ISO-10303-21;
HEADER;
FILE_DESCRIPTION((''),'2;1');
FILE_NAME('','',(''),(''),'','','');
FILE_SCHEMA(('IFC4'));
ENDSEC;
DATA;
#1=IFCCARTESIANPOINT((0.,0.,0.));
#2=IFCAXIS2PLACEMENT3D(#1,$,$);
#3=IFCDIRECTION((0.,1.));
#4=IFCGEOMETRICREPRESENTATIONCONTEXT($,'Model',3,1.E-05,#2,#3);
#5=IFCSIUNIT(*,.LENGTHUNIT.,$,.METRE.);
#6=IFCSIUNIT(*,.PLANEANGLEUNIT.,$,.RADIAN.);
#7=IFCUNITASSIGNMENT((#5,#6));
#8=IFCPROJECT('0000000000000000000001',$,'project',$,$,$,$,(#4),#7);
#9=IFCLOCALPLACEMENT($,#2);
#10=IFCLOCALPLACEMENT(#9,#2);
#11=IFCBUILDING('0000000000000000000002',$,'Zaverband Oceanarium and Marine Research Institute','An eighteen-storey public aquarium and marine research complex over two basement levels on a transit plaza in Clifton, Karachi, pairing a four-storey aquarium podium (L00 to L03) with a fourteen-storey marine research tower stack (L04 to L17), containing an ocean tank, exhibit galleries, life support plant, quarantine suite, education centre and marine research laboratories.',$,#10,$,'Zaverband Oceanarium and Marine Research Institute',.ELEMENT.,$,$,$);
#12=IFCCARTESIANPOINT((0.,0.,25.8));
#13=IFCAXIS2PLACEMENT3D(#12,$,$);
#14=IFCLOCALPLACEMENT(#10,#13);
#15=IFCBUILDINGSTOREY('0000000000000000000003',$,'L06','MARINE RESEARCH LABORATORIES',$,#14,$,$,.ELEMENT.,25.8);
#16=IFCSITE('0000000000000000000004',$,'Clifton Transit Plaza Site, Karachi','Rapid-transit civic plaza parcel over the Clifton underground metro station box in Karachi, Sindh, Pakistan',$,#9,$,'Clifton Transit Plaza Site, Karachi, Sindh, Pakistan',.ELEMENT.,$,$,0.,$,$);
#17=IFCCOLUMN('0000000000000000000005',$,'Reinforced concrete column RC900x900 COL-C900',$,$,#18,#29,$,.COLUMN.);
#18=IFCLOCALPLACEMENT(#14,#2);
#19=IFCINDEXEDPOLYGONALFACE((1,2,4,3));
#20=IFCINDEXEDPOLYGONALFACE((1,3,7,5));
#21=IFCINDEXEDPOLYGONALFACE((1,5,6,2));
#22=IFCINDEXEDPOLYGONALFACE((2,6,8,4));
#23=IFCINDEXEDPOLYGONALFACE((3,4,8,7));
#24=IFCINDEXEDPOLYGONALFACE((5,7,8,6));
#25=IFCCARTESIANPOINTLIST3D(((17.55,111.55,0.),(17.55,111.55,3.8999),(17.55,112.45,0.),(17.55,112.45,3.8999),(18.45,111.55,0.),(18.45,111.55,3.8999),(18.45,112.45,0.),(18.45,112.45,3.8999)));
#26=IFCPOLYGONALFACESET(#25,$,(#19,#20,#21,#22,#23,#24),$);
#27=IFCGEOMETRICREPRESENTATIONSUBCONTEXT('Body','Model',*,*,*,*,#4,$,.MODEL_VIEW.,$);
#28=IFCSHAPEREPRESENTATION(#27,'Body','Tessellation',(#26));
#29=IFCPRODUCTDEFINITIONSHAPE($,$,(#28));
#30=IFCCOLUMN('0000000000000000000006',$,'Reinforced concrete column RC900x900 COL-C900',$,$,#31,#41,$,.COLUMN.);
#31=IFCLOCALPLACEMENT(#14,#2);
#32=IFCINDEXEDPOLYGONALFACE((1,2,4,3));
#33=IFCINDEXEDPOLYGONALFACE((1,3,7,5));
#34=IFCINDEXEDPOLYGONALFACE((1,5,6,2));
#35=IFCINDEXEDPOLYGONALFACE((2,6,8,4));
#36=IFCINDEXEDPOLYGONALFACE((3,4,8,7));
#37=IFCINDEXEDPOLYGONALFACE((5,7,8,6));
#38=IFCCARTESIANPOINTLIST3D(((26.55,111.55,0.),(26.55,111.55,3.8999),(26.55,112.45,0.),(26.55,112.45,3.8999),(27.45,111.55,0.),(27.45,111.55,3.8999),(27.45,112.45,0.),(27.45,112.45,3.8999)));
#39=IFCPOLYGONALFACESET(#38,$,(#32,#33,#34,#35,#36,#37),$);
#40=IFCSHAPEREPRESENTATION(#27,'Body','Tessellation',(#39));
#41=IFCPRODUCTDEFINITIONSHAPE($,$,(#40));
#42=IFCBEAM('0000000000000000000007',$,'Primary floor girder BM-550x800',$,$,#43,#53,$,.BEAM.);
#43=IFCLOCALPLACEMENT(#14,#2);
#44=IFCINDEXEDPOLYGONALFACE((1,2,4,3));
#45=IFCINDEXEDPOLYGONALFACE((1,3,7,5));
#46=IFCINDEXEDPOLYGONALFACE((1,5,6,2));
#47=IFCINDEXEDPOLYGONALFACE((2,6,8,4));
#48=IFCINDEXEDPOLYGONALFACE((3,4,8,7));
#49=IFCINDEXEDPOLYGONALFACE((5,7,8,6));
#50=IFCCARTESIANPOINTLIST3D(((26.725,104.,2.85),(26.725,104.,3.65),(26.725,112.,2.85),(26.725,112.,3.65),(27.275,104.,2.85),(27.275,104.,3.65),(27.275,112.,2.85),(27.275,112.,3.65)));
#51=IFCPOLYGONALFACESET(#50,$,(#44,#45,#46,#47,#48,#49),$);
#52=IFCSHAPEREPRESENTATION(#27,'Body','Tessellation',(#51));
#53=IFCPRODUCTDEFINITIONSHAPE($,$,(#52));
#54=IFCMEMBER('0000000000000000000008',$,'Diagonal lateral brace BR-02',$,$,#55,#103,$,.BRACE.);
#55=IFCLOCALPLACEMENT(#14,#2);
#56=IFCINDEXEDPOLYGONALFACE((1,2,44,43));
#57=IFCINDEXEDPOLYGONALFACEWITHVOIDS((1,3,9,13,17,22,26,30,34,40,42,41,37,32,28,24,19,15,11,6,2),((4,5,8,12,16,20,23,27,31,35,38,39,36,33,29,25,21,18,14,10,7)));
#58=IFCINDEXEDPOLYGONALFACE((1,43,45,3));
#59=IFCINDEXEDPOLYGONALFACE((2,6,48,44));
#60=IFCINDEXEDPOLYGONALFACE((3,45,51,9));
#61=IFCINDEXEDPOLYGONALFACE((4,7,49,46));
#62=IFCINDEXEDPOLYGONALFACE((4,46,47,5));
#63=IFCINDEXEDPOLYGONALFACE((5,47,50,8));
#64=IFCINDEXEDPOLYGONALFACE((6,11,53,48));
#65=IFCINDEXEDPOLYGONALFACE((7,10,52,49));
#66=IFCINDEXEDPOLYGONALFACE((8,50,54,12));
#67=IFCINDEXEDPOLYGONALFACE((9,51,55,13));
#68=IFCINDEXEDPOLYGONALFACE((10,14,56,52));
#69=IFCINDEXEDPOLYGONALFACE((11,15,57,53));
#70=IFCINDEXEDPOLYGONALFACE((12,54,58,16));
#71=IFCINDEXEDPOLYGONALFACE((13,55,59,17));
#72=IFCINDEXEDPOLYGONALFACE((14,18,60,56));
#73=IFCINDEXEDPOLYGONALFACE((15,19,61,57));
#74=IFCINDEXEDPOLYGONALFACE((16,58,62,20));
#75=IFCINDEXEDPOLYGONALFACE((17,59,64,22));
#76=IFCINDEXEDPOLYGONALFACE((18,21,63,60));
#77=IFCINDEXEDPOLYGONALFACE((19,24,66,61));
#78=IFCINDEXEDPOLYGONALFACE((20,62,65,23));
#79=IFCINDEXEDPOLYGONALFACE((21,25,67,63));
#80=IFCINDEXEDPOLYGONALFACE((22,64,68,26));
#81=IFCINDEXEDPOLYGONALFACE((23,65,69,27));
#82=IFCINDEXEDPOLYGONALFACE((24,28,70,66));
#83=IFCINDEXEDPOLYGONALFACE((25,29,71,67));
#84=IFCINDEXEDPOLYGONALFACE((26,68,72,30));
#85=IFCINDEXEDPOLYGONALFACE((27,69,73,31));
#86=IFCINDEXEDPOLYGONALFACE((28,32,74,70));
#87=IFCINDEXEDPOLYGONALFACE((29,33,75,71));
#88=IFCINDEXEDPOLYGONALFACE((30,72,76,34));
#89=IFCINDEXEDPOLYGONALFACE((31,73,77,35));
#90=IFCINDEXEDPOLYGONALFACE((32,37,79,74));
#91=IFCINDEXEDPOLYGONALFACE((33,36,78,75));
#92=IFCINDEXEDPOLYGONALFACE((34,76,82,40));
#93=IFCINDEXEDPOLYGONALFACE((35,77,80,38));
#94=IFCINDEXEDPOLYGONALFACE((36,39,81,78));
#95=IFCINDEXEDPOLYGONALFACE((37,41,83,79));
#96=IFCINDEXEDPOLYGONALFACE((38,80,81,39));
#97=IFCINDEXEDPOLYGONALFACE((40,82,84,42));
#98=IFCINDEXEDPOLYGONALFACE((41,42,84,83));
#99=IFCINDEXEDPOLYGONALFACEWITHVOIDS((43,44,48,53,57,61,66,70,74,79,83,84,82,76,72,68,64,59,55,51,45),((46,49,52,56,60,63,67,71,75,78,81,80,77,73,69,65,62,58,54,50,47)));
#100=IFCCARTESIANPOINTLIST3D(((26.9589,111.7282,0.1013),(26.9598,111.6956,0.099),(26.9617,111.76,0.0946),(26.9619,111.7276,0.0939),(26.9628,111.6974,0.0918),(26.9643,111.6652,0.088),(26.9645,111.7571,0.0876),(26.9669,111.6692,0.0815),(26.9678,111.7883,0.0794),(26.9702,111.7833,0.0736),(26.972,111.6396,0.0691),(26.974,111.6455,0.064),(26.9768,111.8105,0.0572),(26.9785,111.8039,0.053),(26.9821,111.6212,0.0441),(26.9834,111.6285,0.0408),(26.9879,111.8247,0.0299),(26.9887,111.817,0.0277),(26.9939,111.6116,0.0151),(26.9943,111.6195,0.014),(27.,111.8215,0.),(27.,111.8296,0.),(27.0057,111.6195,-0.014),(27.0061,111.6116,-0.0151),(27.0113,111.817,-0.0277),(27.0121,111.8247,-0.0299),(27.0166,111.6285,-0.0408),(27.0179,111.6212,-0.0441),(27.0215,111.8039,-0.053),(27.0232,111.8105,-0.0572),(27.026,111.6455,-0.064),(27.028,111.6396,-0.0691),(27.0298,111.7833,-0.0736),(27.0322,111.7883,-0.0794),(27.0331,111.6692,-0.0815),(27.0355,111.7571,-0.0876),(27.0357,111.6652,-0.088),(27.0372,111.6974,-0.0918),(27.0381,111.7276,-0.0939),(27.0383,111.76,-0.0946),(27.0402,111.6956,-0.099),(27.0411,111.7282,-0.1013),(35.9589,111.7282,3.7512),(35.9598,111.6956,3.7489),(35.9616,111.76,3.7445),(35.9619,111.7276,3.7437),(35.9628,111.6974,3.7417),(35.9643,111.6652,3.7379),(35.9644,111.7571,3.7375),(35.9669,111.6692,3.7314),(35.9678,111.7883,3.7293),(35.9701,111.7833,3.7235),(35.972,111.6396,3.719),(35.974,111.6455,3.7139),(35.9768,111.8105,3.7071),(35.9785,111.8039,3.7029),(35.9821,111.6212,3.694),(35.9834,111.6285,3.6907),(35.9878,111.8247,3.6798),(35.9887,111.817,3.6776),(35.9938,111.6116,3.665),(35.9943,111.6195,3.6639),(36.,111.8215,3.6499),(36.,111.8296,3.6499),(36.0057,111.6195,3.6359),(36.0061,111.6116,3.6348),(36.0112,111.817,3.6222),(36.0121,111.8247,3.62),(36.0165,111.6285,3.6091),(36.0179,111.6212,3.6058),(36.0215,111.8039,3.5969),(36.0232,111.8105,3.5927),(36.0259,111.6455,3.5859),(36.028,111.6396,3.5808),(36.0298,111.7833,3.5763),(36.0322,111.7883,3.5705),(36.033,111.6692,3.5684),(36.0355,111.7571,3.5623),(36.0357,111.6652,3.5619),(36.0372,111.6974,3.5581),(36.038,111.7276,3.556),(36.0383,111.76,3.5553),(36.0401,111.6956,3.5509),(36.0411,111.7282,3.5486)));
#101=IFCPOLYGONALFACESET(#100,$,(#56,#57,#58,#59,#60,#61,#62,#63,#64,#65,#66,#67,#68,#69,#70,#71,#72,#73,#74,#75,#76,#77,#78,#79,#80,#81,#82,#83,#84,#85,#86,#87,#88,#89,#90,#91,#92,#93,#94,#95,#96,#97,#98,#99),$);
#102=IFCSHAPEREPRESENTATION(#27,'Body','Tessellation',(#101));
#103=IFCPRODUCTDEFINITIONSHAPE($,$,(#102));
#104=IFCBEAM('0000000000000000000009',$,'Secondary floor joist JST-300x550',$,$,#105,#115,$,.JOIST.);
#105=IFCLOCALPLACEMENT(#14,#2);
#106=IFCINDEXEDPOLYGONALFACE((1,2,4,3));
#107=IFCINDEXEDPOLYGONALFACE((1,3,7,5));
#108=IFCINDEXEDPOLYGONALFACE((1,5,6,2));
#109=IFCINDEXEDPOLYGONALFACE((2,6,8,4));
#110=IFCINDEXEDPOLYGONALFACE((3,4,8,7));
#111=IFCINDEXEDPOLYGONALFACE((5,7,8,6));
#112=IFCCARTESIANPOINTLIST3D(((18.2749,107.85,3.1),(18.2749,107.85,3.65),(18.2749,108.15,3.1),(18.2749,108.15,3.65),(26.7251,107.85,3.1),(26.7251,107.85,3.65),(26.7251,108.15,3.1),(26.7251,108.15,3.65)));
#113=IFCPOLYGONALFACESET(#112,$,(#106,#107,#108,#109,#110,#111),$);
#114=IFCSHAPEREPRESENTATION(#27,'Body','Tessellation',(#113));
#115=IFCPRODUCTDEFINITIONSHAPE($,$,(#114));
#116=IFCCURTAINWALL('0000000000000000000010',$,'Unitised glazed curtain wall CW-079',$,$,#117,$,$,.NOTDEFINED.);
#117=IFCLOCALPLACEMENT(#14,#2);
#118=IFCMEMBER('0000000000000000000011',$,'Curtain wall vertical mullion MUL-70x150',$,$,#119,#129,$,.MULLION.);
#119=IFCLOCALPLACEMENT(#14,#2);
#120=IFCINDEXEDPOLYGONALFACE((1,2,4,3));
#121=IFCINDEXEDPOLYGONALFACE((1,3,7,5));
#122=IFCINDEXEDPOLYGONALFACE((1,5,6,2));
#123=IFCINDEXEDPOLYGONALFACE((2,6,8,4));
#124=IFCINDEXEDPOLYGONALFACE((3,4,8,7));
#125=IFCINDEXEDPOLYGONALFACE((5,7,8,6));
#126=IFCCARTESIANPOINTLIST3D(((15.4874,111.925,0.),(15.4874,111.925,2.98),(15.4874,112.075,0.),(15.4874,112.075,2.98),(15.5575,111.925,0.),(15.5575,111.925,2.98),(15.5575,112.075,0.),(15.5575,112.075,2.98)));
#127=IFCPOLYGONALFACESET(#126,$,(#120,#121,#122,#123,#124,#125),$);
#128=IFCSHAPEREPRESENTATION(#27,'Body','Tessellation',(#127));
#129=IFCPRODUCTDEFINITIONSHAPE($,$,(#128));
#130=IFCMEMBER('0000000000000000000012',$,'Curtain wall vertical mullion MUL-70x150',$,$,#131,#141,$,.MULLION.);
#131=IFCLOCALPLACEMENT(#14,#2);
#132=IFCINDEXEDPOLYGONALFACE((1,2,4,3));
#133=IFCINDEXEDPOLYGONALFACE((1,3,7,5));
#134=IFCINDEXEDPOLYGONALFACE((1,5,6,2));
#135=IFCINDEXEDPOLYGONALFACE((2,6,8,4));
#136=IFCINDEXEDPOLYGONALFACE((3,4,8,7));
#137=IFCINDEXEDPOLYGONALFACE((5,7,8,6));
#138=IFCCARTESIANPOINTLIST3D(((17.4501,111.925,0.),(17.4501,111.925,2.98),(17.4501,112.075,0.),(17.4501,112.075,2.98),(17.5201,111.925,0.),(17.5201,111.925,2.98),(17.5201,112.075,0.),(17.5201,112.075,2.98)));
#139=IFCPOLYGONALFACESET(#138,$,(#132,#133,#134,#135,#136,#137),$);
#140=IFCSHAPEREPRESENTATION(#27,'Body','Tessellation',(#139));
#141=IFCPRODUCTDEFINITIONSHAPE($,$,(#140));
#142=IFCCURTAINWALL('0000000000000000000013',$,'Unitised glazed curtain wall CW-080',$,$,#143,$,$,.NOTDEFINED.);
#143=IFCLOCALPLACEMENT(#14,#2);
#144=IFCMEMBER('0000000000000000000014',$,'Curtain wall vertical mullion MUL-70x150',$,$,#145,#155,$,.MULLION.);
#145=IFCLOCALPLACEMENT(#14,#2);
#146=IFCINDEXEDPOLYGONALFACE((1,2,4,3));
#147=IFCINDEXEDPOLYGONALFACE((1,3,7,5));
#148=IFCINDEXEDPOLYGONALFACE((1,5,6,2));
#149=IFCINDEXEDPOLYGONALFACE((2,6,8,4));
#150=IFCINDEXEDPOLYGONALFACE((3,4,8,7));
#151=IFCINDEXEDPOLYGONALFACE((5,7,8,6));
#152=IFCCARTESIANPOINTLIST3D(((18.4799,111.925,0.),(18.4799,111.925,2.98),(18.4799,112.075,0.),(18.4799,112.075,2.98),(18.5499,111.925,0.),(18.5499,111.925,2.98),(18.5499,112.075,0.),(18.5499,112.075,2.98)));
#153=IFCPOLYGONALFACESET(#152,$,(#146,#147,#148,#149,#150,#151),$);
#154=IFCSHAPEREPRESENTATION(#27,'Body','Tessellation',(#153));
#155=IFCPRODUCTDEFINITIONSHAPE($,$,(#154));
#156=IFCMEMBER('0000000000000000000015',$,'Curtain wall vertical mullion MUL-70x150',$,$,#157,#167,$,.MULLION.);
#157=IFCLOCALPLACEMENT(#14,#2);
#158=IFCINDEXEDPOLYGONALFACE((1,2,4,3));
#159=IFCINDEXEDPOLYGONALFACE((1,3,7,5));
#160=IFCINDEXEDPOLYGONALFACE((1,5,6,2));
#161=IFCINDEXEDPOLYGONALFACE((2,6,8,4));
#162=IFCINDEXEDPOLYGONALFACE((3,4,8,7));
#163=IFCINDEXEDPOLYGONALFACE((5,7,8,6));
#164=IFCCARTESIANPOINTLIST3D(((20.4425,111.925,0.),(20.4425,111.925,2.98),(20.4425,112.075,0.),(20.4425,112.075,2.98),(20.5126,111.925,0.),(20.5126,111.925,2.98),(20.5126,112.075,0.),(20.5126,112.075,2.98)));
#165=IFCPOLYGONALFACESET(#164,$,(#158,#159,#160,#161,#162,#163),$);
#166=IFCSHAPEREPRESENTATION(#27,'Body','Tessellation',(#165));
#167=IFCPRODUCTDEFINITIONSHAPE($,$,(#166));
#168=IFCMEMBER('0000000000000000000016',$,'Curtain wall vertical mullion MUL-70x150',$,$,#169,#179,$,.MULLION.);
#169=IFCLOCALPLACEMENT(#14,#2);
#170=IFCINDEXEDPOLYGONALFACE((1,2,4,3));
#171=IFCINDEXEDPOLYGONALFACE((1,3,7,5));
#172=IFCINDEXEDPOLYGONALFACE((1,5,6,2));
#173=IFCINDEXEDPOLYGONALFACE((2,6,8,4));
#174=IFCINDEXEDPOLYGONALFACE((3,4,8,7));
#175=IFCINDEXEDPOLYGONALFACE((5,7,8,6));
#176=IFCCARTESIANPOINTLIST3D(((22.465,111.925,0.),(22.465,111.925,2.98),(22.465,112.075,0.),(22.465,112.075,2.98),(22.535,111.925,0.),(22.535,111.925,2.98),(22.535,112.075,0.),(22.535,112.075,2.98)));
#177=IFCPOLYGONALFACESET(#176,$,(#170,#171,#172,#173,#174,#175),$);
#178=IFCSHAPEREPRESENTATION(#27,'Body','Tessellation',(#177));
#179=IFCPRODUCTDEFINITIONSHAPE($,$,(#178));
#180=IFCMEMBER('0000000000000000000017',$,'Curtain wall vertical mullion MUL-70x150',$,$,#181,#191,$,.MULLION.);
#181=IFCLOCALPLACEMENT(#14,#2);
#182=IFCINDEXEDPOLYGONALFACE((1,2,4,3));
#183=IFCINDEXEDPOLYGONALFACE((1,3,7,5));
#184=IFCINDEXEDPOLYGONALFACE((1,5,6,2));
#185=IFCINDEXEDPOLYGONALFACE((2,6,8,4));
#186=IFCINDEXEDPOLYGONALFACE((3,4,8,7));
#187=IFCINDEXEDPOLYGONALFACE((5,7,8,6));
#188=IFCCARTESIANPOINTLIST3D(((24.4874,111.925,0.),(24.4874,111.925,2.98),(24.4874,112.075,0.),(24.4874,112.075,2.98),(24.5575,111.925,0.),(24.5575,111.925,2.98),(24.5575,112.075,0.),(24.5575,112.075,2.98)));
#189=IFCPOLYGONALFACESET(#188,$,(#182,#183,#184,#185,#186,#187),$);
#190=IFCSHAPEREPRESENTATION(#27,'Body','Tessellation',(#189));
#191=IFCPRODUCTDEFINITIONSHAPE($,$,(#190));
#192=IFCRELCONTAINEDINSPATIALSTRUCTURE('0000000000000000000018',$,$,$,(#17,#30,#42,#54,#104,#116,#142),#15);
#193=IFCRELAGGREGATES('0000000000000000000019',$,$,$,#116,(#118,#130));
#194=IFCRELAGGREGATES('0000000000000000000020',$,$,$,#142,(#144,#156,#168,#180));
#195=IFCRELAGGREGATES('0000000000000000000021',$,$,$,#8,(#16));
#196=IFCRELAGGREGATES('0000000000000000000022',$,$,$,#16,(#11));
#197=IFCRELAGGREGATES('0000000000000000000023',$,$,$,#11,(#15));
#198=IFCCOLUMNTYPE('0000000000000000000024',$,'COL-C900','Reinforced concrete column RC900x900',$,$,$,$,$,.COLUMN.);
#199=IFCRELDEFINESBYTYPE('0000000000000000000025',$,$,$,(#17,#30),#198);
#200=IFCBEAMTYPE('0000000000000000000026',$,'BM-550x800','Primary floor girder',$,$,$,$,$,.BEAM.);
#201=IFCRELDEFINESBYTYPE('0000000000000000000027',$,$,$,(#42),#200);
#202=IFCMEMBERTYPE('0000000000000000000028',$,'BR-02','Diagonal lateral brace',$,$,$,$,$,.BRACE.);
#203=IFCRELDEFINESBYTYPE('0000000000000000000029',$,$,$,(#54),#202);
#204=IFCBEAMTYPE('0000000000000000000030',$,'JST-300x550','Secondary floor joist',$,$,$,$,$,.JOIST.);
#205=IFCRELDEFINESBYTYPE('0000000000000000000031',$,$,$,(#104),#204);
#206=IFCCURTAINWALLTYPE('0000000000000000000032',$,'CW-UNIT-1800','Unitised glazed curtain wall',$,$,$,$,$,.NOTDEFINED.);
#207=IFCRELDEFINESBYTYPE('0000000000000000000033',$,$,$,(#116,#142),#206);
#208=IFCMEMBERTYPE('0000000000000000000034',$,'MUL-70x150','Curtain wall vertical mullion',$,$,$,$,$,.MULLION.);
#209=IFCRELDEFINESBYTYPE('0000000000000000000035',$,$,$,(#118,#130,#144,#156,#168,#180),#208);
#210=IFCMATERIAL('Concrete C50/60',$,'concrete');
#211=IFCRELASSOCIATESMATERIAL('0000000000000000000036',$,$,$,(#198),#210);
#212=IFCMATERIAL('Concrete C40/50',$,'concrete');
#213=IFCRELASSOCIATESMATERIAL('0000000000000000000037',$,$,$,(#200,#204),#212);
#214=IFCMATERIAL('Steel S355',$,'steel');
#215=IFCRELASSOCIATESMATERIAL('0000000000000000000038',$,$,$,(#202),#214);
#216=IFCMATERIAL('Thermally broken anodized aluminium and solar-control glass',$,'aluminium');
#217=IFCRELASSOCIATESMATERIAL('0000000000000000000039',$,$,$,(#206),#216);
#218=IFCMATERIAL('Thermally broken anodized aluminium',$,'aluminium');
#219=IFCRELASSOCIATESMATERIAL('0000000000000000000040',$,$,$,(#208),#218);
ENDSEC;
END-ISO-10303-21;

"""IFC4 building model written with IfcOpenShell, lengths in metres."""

from ifc_helpers import new_model, si_unit, direction, frame, origin, origin_2d, place, context, subcontext, project, spatial, rectangle, hollow_circle, extrude, material, material_profile, profile_set, type_object, element, aggregate, save


model = new_model("IFC4")

# Units and contexts
model_context = context("Model", 3, precision=1e-05, world=origin(), true_north=direction((0.0, 1.0)))
body_context = subcontext(model_context, "Body", "Model", "MODEL_VIEW")
ifc_project = project(units=[si_unit("LENGTHUNIT", "METRE"), si_unit("PLANEANGLEUNIT", "RADIAN")], contexts=[model_context])

# Site, building, storey
site_placement = place(None, origin())
site = spatial("IfcSite", under=ifc_project, at=site_placement, Name="Clifton Transit Plaza Site, Karachi", Description="Rapid-transit civic plaza parcel over the Clifton underground metro station box in Karachi, Sindh, Pakistan", LongName="Clifton Transit Plaza Site, Karachi, Sindh, Pakistan", CompositionType="ELEMENT", RefElevation=0.0)
building_placement = place(site_placement, origin())
building = spatial("IfcBuilding", under=site, at=building_placement, Name="Zaverband Oceanarium and Marine Research Institute", Description="An eighteen-storey public aquarium and marine research complex over two basement levels on a transit plaza in Clifton, Karachi, pairing a four-storey aquarium podium (L00 to L03) with a fourteen-storey marine research tower stack (L04 to L17), containing an ocean tank, exhibit galleries, life support plant, quarantine suite, education centre and marine research laboratories.", LongName="Zaverband Oceanarium and Marine Research Institute", CompositionType="ELEMENT")
storey_placement = place(building_placement, frame((0.0, 0.0, 25.8)))
storey = spatial("IfcBuildingStorey", under=building, at=storey_placement, Name="L06", Description="MARINE RESEARCH LABORATORIES", CompositionType="ELEMENT", Elevation=25.8)

# Columns
ifc_material_1 = material(Name="Concrete C50/60", Category="concrete")
ifc_material_profile_1 = material_profile(ifc_material_1, rectangle(XDim=0.8999, YDim=0.8999, at=origin_2d()), Name="RC900x900")
ifc_profile_set_1 = profile_set([ifc_material_profile_1], Name="Concrete C50/60")
column_type = type_object("IfcColumnType", Name="COL-C900", Description="Reinforced concrete column RC900x900", PredefinedType="COLUMN", material=ifc_profile_set_1)
for number, where, z_axis, x_axis, name in (
    (1, (18.0, 112.0, 0.0), (0.0, 0.0, 1.0), (1.0, 0.0, 0.0), "Reinforced concrete column RC900x900 COL-C900"),
    (2, (27.0, 112.0, 0.0), (0.0, 0.0, 1.0), (1.0, 0.0, 0.0), "Reinforced concrete column RC900x900 COL-C900"),
):
    element("IfcColumn", number, at=place(storey_placement, frame(where, z_axis=z_axis, x_axis=x_axis)), inside=storey, type_object=column_type, Name=name, PredefinedType="COLUMN", context=body_context, shape_type="SweptSolid", body=[
        extrude(rectangle(XDim=0.8999, YDim=0.8999, at=origin_2d()), origin(), (0.0, 0.0, 1.0), 3.8999),
    ])

# Beam
ifc_material_2 = material(Name="Concrete C40/50", Category="concrete")
ifc_material_profile_2 = material_profile(ifc_material_2, rectangle(XDim=0.55, YDim=0.8, at=origin_2d()), Name="RC550x800")
ifc_profile_set_2 = profile_set([ifc_material_profile_2], Name="Concrete C40/50")
beam_type_1 = type_object("IfcBeamType", Name="BM-550x800", Description="Primary floor girder", PredefinedType="BEAM", material=ifc_profile_set_2)
beam_1_placement = place(storey_placement, frame((27.0, 104.0, 3.25), z_axis=(0.0, 1.0, 0.0), x_axis=(-1.0, 0.0, 0.0)))
element("IfcBeam", 3, at=beam_1_placement, inside=storey, type_object=beam_type_1, Name="Primary floor girder BM-550x800", PredefinedType="BEAM", context=body_context, shape_type="SweptSolid", body=[
    extrude(rectangle(XDim=0.55, YDim=0.8, at=origin_2d()), origin(), (0.0, 0.0, 1.0), 8.0),
])

# Member
ifc_material_3 = material(Name="Steel S355", Category="steel")
ifc_material_profile_3 = material_profile(ifc_material_3, hollow_circle(Radius=0.1096, WallThickness=0.0081, at=origin_2d()), Name="CHS219x8")
ifc_profile_set_3 = profile_set([ifc_material_profile_3], Name="Steel S355")
member_type_1 = type_object("IfcMemberType", Name="BR-02", Description="Diagonal lateral brace", PredefinedType="BRACE", material=ifc_profile_set_3)
member_1_placement = place(storey_placement, frame((27.0, 111.72, 0.0), z_axis=(0.926694, 0.0, 0.375816), x_axis=(0.0, 1.0, 0.0)))
element("IfcMember", 4, at=member_1_placement, inside=storey, type_object=member_type_1, Name="Diagonal lateral brace BR-02", PredefinedType="BRACE", context=body_context, shape_type="SweptSolid", body=[
    extrude(hollow_circle(Radius=0.1096, WallThickness=0.0081, at=origin_2d()), origin(), (0.0, 0.0, 1.0), 9.7119),
])

# Beam
ifc_material_profile_4 = material_profile(ifc_material_2, rectangle(XDim=0.3, YDim=0.55, at=origin_2d()), Name="RC300x550")
ifc_profile_set_4 = profile_set([ifc_material_profile_4], Name="Concrete C40/50")
beam_type_2 = type_object("IfcBeamType", Name="JST-300x550", Description="Secondary floor joist", PredefinedType="JOIST", material=ifc_profile_set_4)
beam_2_placement = place(storey_placement, frame((18.2749, 108.0, 3.375), z_axis=(1.0, 0.0, 0.0), x_axis=(0.0, 1.0, 0.0)))
element("IfcBeam", 5, at=beam_2_placement, inside=storey, type_object=beam_type_2, Name="Secondary floor joist JST-300x550", PredefinedType="JOIST", context=body_context, shape_type="SweptSolid", body=[
    extrude(rectangle(XDim=0.3, YDim=0.55, at=origin_2d()), origin(), (0.0, 0.0, 1.0), 8.4502),
])

# Curtain walls, members
ifc_material_4 = material(Name="Thermally broken anodized aluminium and solar-control glass", Category="aluminium")
curtain_wall_type = type_object("IfcCurtainWallType", Name="CW-UNIT-1800", Description="Unitised glazed curtain wall", PredefinedType="NOTDEFINED", material=ifc_material_4)
curtain_wall_1_placement = place(storey_placement, origin())
curtain_wall_1 = element("IfcCurtainWall", 6, at=curtain_wall_1_placement, inside=storey, type_object=curtain_wall_type, Name="Unitised glazed curtain wall CW-079", PredefinedType="NOTDEFINED")
ifc_material_5 = material(Name="Thermally broken anodized aluminium", Category="aluminium")
ifc_material_profile_5 = material_profile(ifc_material_5, rectangle(XDim=0.0701, YDim=0.1499, at=origin_2d()), Name="AL-MUL-70x150")
ifc_profile_set_5 = profile_set([ifc_material_profile_5], Name="Thermally broken anodized aluminium")
member_type_2 = type_object("IfcMemberType", Name="MUL-70x150", Description="Curtain wall vertical mullion", PredefinedType="MULLION", material=ifc_profile_set_5)
member_2_placement = place(storey_placement, frame((15.5225, 112.0, 0.0), z_axis=(0.0, 0.0, 1.0), x_axis=(1.0, 0.0, 0.0)))
member_2 = element("IfcMember", 7, at=member_2_placement, type_object=member_type_2, Name="Curtain wall vertical mullion MUL-70x150", PredefinedType="MULLION", context=body_context, shape_type="SweptSolid", body=[
    extrude(rectangle(XDim=0.0701, YDim=0.1499, at=origin_2d()), origin(), (0.0, 0.0, 1.0), 2.98),
])
member_3_placement = place(storey_placement, frame((17.4851, 112.0, 0.0), z_axis=(0.0, 0.0, 1.0), x_axis=(1.0, 0.0, 0.0)))
member_3 = element("IfcMember", 8, at=member_3_placement, type_object=member_type_2, Name="Curtain wall vertical mullion MUL-70x150", PredefinedType="MULLION", context=body_context, shape_type="SweptSolid", body=[
    extrude(rectangle(XDim=0.0701, YDim=0.1499, at=origin_2d()), origin(), (0.0, 0.0, 1.0), 2.98),
])
curtain_wall_2_placement = place(storey_placement, origin())
curtain_wall_2 = element("IfcCurtainWall", 9, at=curtain_wall_2_placement, inside=storey, type_object=curtain_wall_type, Name="Unitised glazed curtain wall CW-080", PredefinedType="NOTDEFINED")
member_4_placement = place(storey_placement, frame((18.5149, 112.0, 0.0), z_axis=(0.0, 0.0, 1.0), x_axis=(1.0, 0.0, 0.0)))
member_4 = element("IfcMember", 10, at=member_4_placement, type_object=member_type_2, Name="Curtain wall vertical mullion MUL-70x150", PredefinedType="MULLION", context=body_context, shape_type="SweptSolid", body=[
    extrude(rectangle(XDim=0.0701, YDim=0.1499, at=origin_2d()), origin(), (0.0, 0.0, 1.0), 2.98),
])
member_5_placement = place(storey_placement, frame((20.4775, 112.0, 0.0), z_axis=(0.0, 0.0, 1.0), x_axis=(1.0, 0.0, 0.0)))
member_5 = element("IfcMember", 11, at=member_5_placement, type_object=member_type_2, Name="Curtain wall vertical mullion MUL-70x150", PredefinedType="MULLION", context=body_context, shape_type="SweptSolid", body=[
    extrude(rectangle(XDim=0.0701, YDim=0.1499, at=origin_2d()), origin(), (0.0, 0.0, 1.0), 2.98),
])
member_6_placement = place(storey_placement, frame((22.5, 112.0, 0.0), z_axis=(0.0, 0.0, 1.0), x_axis=(1.0, 0.0, 0.0)))
member_6 = element("IfcMember", 12, at=member_6_placement, type_object=member_type_2, Name="Curtain wall vertical mullion MUL-70x150", PredefinedType="MULLION", context=body_context, shape_type="SweptSolid", body=[
    extrude(rectangle(XDim=0.0701, YDim=0.1499, at=origin_2d()), origin(), (0.0, 0.0, 1.0), 2.98),
])
member_7_placement = place(storey_placement, frame((24.5225, 112.0, 0.0), z_axis=(0.0, 0.0, 1.0), x_axis=(1.0, 0.0, 0.0)))
member_7 = element("IfcMember", 13, at=member_7_placement, type_object=member_type_2, Name="Curtain wall vertical mullion MUL-70x150", PredefinedType="MULLION", context=body_context, shape_type="SweptSolid", body=[
    extrude(rectangle(XDim=0.0701, YDim=0.1499, at=origin_2d()), origin(), (0.0, 0.0, 1.0), 2.98),
])

aggregate(curtain_wall_1, [member_2, member_3])
aggregate(curtain_wall_2, [member_4, member_5, member_6, member_7])

save(model, "model.ifc")
